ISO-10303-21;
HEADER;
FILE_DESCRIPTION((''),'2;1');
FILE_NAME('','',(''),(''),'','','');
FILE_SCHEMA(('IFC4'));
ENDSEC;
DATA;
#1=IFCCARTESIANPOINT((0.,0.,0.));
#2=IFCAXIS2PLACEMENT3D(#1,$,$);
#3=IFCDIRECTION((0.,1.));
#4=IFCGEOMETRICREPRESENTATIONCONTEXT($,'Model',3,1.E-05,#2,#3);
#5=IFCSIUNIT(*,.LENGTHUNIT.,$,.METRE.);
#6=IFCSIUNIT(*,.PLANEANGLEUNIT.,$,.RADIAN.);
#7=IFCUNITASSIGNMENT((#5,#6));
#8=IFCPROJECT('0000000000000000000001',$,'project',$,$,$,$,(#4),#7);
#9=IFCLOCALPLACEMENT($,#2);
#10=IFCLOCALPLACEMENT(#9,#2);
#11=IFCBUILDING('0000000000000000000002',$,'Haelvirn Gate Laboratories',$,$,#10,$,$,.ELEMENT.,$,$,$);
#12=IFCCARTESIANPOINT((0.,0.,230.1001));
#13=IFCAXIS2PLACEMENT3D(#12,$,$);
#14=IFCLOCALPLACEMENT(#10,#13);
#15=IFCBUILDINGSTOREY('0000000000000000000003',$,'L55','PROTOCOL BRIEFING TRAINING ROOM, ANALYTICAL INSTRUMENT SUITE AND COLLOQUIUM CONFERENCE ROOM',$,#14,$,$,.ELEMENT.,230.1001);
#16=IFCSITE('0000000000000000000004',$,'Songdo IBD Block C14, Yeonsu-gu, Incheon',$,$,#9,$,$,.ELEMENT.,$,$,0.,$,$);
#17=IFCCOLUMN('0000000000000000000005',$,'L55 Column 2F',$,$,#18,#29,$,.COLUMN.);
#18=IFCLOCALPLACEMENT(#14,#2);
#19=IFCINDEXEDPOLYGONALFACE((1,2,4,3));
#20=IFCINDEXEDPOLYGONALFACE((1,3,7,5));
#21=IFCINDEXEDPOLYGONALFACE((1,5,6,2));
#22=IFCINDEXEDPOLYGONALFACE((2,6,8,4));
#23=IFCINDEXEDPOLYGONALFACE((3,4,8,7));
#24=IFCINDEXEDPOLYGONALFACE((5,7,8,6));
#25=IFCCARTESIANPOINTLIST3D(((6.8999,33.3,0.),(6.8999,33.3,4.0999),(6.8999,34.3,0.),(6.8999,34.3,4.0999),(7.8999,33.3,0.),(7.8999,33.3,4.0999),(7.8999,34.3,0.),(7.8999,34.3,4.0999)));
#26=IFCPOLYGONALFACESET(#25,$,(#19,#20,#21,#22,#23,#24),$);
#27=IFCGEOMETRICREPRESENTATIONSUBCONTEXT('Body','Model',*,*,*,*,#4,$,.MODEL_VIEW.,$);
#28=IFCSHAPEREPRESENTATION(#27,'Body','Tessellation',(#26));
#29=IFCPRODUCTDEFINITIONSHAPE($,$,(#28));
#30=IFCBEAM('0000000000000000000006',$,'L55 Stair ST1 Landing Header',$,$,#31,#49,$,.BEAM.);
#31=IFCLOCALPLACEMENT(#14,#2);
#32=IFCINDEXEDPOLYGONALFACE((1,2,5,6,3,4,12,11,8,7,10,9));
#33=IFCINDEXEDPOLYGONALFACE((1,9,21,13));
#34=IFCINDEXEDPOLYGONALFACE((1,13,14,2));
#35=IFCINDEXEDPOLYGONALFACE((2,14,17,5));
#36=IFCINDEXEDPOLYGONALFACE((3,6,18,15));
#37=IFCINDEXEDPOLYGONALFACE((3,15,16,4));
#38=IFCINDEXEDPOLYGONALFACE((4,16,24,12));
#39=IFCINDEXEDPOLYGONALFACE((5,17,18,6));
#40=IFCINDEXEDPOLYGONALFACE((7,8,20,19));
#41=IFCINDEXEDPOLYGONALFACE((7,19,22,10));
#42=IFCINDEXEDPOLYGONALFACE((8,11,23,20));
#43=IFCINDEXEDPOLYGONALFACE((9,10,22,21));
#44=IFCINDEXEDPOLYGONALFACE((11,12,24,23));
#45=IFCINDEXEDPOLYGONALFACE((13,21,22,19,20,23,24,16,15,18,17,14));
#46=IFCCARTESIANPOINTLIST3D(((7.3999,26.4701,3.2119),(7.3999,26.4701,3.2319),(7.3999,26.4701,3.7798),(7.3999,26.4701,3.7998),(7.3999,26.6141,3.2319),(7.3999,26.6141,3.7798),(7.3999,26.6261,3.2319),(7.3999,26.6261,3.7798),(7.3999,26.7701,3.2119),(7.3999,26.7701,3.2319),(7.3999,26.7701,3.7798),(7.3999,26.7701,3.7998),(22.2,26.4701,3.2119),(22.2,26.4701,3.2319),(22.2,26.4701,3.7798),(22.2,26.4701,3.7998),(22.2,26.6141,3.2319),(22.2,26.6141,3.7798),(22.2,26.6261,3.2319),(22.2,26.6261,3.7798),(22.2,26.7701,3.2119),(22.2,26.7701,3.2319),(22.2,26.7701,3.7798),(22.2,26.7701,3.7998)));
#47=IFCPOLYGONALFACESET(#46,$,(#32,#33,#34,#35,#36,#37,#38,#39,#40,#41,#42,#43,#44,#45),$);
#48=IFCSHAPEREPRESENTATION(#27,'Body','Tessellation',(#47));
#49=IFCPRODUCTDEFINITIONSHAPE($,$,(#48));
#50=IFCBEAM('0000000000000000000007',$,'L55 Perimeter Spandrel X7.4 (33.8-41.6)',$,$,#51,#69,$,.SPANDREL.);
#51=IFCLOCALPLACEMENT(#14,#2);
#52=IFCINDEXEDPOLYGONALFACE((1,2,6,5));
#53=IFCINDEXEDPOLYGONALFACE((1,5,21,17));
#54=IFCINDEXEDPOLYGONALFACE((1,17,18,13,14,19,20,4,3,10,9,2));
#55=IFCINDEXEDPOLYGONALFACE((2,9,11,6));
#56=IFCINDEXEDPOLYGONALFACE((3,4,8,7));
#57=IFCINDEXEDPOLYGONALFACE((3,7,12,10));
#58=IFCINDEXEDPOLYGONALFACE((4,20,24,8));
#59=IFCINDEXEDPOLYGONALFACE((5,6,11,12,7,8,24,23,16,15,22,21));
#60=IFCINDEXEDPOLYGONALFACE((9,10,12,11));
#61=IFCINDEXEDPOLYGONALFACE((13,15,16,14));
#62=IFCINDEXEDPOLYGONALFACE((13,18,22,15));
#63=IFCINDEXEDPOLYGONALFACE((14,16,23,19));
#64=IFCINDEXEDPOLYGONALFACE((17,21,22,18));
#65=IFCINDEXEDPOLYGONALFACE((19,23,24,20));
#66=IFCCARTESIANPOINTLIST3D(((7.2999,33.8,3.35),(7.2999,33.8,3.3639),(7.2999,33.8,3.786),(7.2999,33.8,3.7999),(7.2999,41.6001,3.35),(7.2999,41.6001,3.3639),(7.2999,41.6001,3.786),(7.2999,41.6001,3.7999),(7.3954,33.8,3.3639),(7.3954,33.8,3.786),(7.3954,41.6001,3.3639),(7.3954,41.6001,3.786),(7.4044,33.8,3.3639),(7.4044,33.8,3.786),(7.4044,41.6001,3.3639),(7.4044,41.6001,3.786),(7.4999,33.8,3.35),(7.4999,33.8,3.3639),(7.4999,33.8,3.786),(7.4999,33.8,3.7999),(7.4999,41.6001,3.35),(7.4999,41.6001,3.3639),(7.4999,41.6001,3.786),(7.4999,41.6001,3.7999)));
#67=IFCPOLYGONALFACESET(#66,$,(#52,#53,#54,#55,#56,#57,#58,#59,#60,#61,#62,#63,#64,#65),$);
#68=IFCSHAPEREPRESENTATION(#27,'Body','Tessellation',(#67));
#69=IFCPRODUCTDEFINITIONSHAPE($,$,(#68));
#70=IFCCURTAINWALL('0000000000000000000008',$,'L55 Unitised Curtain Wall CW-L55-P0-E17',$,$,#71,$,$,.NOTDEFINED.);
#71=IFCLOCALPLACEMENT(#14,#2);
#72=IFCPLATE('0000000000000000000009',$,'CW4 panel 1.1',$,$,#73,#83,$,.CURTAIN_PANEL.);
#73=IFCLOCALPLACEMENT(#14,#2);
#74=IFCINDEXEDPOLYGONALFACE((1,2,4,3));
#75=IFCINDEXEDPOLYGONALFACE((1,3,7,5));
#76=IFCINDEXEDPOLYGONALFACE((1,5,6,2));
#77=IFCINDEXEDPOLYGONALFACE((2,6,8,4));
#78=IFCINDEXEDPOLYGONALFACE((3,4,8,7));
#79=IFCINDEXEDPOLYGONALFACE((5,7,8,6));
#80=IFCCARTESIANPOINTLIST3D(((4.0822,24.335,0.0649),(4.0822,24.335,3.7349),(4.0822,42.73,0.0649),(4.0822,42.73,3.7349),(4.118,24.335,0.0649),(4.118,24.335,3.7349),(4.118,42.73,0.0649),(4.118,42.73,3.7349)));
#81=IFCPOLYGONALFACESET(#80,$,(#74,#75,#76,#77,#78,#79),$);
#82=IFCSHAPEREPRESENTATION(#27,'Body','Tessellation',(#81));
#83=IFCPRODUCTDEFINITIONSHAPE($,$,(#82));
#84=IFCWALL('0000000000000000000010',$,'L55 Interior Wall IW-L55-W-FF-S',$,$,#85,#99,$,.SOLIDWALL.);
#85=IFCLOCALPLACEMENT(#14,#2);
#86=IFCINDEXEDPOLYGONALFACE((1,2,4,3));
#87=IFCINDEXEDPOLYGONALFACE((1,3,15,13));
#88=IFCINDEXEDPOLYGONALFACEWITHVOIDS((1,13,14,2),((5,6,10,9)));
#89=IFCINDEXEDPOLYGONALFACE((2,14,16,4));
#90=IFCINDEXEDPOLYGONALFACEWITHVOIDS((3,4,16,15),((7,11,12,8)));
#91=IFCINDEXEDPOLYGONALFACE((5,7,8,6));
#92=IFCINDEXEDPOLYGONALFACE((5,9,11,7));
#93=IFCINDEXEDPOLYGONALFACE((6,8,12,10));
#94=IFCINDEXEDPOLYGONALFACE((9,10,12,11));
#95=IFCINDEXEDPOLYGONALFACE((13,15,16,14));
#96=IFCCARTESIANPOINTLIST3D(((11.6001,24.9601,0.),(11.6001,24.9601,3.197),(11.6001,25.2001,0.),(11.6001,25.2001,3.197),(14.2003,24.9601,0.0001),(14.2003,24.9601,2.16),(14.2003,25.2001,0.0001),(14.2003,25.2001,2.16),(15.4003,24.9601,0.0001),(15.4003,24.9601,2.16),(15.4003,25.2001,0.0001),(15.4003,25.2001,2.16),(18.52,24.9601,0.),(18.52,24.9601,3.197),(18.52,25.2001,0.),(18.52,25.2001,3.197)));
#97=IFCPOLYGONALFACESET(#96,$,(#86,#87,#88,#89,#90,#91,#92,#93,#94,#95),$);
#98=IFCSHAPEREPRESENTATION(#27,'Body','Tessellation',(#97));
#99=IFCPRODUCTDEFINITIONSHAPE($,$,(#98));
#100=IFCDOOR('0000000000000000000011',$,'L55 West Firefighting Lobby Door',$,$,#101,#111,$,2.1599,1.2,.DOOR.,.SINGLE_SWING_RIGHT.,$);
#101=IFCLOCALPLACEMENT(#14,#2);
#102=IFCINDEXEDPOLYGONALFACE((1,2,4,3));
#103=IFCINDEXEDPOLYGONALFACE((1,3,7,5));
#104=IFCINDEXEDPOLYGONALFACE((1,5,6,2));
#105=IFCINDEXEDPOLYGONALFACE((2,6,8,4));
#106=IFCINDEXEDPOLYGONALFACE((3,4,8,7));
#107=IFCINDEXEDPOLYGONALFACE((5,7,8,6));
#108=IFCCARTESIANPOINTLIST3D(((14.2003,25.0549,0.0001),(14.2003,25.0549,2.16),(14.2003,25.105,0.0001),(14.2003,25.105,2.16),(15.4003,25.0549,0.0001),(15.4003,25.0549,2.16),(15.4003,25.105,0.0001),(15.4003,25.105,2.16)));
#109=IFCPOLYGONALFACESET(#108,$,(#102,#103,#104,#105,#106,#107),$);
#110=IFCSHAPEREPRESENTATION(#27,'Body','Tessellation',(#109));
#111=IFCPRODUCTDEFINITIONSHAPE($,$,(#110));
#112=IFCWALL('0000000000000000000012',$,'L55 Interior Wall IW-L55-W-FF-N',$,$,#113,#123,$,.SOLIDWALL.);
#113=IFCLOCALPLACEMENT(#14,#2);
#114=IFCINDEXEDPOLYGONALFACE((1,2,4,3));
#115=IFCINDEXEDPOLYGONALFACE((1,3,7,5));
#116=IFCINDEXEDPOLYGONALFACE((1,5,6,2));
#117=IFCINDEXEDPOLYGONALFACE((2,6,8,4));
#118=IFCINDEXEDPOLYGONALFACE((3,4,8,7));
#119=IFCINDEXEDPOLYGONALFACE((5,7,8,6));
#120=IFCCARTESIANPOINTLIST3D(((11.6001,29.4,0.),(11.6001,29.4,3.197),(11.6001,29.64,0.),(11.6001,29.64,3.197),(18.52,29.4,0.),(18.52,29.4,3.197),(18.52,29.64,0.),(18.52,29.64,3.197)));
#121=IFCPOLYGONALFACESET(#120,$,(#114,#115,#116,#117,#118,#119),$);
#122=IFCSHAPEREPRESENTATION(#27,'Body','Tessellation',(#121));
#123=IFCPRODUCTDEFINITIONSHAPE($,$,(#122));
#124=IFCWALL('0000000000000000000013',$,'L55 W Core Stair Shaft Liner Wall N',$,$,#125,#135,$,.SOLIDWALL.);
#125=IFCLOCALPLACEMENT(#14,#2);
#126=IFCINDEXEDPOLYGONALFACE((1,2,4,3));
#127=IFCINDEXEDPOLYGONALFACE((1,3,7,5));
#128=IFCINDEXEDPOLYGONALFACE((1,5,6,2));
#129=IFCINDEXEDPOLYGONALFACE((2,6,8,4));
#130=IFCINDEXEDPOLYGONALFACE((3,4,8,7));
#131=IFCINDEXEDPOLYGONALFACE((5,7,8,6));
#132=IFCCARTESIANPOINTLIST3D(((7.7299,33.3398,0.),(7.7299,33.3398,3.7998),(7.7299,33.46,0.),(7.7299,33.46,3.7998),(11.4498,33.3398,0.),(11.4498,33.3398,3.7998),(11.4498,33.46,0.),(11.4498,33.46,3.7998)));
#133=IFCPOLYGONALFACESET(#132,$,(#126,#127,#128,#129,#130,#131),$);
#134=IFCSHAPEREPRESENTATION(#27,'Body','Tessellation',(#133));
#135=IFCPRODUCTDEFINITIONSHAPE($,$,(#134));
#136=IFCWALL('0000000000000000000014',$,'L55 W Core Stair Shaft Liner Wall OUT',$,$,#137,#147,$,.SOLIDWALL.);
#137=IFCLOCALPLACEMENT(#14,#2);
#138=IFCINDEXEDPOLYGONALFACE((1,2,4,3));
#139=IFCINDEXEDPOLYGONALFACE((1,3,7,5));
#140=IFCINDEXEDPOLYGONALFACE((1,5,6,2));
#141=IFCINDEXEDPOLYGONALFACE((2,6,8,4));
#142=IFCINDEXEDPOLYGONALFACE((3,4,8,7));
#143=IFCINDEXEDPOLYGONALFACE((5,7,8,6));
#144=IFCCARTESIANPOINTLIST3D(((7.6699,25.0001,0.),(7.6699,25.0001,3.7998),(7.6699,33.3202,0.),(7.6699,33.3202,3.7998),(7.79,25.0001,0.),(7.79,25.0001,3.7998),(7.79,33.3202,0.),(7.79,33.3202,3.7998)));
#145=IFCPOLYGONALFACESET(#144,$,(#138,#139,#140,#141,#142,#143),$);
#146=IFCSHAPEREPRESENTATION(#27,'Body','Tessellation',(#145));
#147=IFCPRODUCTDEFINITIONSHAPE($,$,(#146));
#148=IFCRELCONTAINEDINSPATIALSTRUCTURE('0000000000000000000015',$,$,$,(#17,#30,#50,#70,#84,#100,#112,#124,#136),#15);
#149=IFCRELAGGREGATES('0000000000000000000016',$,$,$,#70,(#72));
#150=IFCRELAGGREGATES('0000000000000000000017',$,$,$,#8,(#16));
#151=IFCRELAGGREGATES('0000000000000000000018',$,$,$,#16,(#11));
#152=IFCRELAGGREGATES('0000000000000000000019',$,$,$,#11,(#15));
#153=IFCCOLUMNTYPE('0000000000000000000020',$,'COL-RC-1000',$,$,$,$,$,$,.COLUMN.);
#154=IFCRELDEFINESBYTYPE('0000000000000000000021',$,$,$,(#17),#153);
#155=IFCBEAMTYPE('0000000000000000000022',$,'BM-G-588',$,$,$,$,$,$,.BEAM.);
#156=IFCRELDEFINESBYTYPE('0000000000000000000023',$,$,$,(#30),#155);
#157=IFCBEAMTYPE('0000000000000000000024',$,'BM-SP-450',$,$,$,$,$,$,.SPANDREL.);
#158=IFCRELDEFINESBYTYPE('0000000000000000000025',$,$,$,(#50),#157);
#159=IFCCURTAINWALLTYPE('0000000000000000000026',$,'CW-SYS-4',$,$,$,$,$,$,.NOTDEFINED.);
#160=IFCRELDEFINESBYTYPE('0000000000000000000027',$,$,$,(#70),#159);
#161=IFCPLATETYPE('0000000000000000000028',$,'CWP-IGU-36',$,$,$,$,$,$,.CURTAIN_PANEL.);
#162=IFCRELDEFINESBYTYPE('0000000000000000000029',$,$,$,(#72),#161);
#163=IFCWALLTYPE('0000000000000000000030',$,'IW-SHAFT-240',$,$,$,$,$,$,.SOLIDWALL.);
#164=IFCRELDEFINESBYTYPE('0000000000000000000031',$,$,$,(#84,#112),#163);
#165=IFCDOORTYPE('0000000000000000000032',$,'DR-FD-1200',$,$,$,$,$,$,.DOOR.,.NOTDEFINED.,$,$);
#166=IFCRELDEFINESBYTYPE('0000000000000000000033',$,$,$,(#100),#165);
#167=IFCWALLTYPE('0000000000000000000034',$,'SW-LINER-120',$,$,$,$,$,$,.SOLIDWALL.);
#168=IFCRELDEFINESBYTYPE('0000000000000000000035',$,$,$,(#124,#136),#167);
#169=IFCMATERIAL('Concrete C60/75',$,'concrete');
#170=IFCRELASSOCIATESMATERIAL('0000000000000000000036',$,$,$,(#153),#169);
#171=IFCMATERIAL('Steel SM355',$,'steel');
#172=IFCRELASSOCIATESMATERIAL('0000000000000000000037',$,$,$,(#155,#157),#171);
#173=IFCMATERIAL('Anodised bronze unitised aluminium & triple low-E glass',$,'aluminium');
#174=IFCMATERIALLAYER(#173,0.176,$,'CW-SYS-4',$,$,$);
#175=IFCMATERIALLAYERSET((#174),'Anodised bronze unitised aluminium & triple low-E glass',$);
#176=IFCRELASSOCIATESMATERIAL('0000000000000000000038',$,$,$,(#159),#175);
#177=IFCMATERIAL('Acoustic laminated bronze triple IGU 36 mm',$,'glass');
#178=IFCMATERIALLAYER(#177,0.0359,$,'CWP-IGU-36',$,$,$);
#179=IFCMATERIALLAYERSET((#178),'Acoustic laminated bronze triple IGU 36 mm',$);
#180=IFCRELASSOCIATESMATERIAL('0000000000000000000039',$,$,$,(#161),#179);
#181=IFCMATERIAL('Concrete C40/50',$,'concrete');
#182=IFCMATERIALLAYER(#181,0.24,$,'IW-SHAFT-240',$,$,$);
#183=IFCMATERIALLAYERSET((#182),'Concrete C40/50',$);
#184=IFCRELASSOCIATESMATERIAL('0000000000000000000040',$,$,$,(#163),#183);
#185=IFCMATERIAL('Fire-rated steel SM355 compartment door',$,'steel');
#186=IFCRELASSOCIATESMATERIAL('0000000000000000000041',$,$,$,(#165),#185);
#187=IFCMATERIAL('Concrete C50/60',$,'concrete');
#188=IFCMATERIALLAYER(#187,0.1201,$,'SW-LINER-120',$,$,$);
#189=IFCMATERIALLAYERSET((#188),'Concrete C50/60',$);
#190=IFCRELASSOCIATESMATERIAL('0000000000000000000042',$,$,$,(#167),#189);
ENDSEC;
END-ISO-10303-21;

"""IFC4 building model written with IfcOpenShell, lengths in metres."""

from ifc_helpers import new_model, si_unit, direction, frame, frame_2d, origin, origin_2d, place, context, subcontext, project, spatial, rectangle, i_section, extrude, source, transform, mapped, material, layer, layer_set, material_profile, profile_set, type_object, type_shapes, element, fill, aggregate, save


model = new_model("IFC4")

# Units and contexts
model_context = context("Model", 3, precision=1e-05, world=origin(), true_north=direction((0.0, 1.0)))
body_context = subcontext(model_context, "Body", "Model", "MODEL_VIEW")
ifc_project = project(units=[si_unit("LENGTHUNIT", "METRE"), si_unit("PLANEANGLEUNIT", "RADIAN")], contexts=[model_context])

# Site, building, storey
site_placement = place(None, origin())
site = spatial("IfcSite", under=ifc_project, at=site_placement, Name="Songdo IBD Block C14, Yeonsu-gu, Incheon", CompositionType="ELEMENT", RefElevation=0.0)
building_placement = place(site_placement, origin())
building = spatial("IfcBuilding", under=site, at=building_placement, Name="Haelvirn Gate Laboratories", CompositionType="ELEMENT")
storey_placement = place(building_placement, frame((0.0, 0.0, 230.1001)))
storey = spatial("IfcBuildingStorey", under=building, at=storey_placement, Name="L55", Description="PROTOCOL BRIEFING TRAINING ROOM, ANALYTICAL INSTRUMENT SUITE AND COLLOQUIUM CONFERENCE ROOM", CompositionType="ELEMENT", Elevation=230.1001)

# Column
ifc_material_1 = material(Name="Concrete C60/75", Category="concrete")
ifc_material_profile_1 = material_profile(ifc_material_1, rectangle(XDim=1.0, YDim=1.0, at=origin_2d()), Name="RC-1000x1000")
ifc_profile_set_1 = profile_set([ifc_material_profile_1], Name="Concrete C60/75")
column_type = type_object("IfcColumnType", Name="COL-RC-1000", PredefinedType="COLUMN", material=ifc_profile_set_1)
shared_shape_1 = source(origin(), body_context, "Body", "SweptSolid", [
    extrude(rectangle(XDim=1.0, YDim=1.0, at=origin_2d()), origin(), (0.0, 0.0, 1.0), 4.0999),
])
type_shapes(column_type, [shared_shape_1])
column_placement = place(storey_placement, frame((7.3999, 33.8, 0.0), z_axis=(0.0, 0.0, 1.0), x_axis=(1.0, 0.0, 0.0)))
element("IfcColumn", 1, at=column_placement, inside=storey, type_object=column_type, Name="L55 Column 2F", PredefinedType="COLUMN", context=body_context, shape_type="MappedRepresentation", body=[
    mapped(shared_shape_1, transform((0.0, 0.0, 0.0), scale=1.0)),
])

# Beams
ifc_material_2 = material(Name="Steel SM355", Category="steel")
ifc_material_profile_2 = material_profile(ifc_material_2, i_section(OverallWidth=0.3, OverallDepth=0.5879, WebThickness=0.012, FlangeThickness=0.02, at=origin_2d()), Name="H-588x300x12x20")
ifc_profile_set_2 = profile_set([ifc_material_profile_2], Name="Steel SM355")
beam_type_1 = type_object("IfcBeamType", Name="BM-G-588", PredefinedType="BEAM", material=ifc_profile_set_2)
shared_shape_2 = source(origin(), body_context, "Body", "SweptSolid", [
    extrude(i_section(OverallWidth=0.3, OverallDepth=0.5879, WebThickness=0.012, FlangeThickness=0.02, at=origin_2d()), origin(), (0.0, 0.0, 1.0), 14.8),
])
type_shapes(beam_type_1, [shared_shape_2])
beam_1_placement = place(storey_placement, frame((7.3999, 26.6201, 3.5059), z_axis=(1.0, 0.0, 0.0), x_axis=(0.0, 1.0, 0.0)))
element("IfcBeam", 2, at=beam_1_placement, inside=storey, type_object=beam_type_1, Name="L55 Stair ST1 Landing Header", PredefinedType="BEAM", context=body_context, shape_type="MappedRepresentation", body=[
    mapped(shared_shape_2, transform((0.0, 0.0, 0.0), scale=1.0)),
])
ifc_material_profile_3 = material_profile(ifc_material_2, i_section(OverallWidth=0.2, OverallDepth=0.45, WebThickness=0.009, FlangeThickness=0.0139, at=origin_2d()), Name="H-450x200x9x14")
ifc_profile_set_3 = profile_set([ifc_material_profile_3], Name="Steel SM355")
beam_type_2 = type_object("IfcBeamType", Name="BM-SP-450", PredefinedType="SPANDREL", material=ifc_profile_set_3)
shared_shape_3 = source(origin(), body_context, "Body", "SweptSolid", [
    extrude(i_section(OverallWidth=0.2, OverallDepth=0.45, WebThickness=0.009, FlangeThickness=0.0139, at=origin_2d()), origin(), (0.0, 0.0, 1.0), 7.8),
])
type_shapes(beam_type_2, [shared_shape_3])
beam_2_placement = place(storey_placement, frame((7.3999, 33.8, 3.575), z_axis=(0.0, 1.0, 0.0), x_axis=(-1.0, 0.0, 0.0)))
element("IfcBeam", 3, at=beam_2_placement, inside=storey, type_object=beam_type_2, Name="L55 Perimeter Spandrel X7.4 (33.8-41.6)", PredefinedType="SPANDREL", context=body_context, shape_type="MappedRepresentation", body=[
    mapped(shared_shape_3, transform((0.0, 0.0, 0.0), scale=1.0)),
])

# Curtain wall, plate
ifc_material_3 = material(Name="Anodised bronze unitised aluminium & triple low-E glass", Category="aluminium")
ifc_layer_1 = layer(ifc_material_3, 0.176, Name="CW-SYS-4")
ifc_layer_set_1 = layer_set([ifc_layer_1], Name="Anodised bronze unitised aluminium & triple low-E glass")
curtain_wall_type = type_object("IfcCurtainWallType", Name="CW-SYS-4", PredefinedType="NOTDEFINED", material=ifc_layer_set_1)
curtain_wall_placement = place(storey_placement, origin())
curtain_wall = element("IfcCurtainWall", 4, at=curtain_wall_placement, inside=storey, type_object=curtain_wall_type, Name="L55 Unitised Curtain Wall CW-L55-P0-E17", PredefinedType="NOTDEFINED")
ifc_material_4 = material(Name="Acoustic laminated bronze triple IGU 36 mm", Category="glass")
ifc_layer_2 = layer(ifc_material_4, 0.0359, Name="CWP-IGU-36")
ifc_layer_set_2 = layer_set([ifc_layer_2], Name="Acoustic laminated bronze triple IGU 36 mm")
plate_type = type_object("IfcPlateType", Name="CWP-IGU-36", PredefinedType="CURTAIN_PANEL", material=ifc_layer_set_2)
shared_shape_4 = source(origin(), body_context, "Body", "SweptSolid", [
    extrude(rectangle(XDim=18.395, YDim=0.0359, at=origin_2d()), origin(), (0.0, 0.0, 1.0), 3.6699),
])
type_shapes(plate_type, [shared_shape_4])
plate_placement = place(storey_placement, frame((4.1001, 33.5325, 0.0649), z_axis=(0.0, 0.0, 1.0), x_axis=(0.0, -1.0, 0.0)))
plate = element("IfcPlate", 5, at=plate_placement, type_object=plate_type, Name="CW4 panel 1.1", PredefinedType="CURTAIN_PANEL", context=body_context, shape_type="MappedRepresentation", body=[
    mapped(shared_shape_4, transform((0.0, 0.0, 0.0), scale=1.0)),
])
aggregate(curtain_wall, [plate])

# Wall, opening, door
ifc_material_5 = material(Name="Concrete C40/50", Category="concrete")
ifc_layer_3 = layer(ifc_material_5, 0.24, Name="IW-SHAFT-240")
ifc_layer_set_3 = layer_set([ifc_layer_3], Name="Concrete C40/50")
wall_type_1 = type_object("IfcWallType", Name="IW-SHAFT-240", PredefinedType="SOLIDWALL", material=ifc_layer_set_3)
wall_1_placement = place(storey_placement, frame((11.6001, 25.0801, 0.0), z_axis=(0.0, 0.0, 1.0), x_axis=(1.0, 0.0, 0.0)))
wall_1 = element("IfcWall", 6, at=wall_1_placement, inside=storey, type_object=wall_type_1, Name="L55 Interior Wall IW-L55-W-FF-S", PredefinedType="SOLIDWALL", context=body_context, shape_type="SweptSolid", body=[
    extrude(rectangle(XDim=6.9199, YDim=0.24, at=frame_2d((3.46, 0.0))), origin(), (0.0, 0.0, 1.0), 3.197),
])
opening_1_placement = place(wall_1_placement, frame((2.6001, 0.0, 0.0)))
opening_1 = element("IfcOpeningElement", 7, at=opening_1_placement, cuts=wall_1, PredefinedType="OPENING", context=body_context, shape_type="SweptSolid", body=[
    extrude(rectangle(XDim=1.2, YDim=2.1599, at=frame_2d((0.6001, 1.0801))), frame((0.0, 0.1299, 0.0), z_axis=(0.0, -1.0, 0.0), x_axis=(1.0, 0.0, 0.0)), (0.0, 0.0, 1.0), 0.26),
])
ifc_material_6 = material(Name="Fire-rated steel SM355 compartment door", Category="steel")
door_type_1 = type_object("IfcDoorType", Name="DR-FD-1200", OperationType="NOTDEFINED", PredefinedType="DOOR", material=ifc_material_6)
shared_shape_5 = source(origin(), body_context, "Body", "SweptSolid", [
    extrude(rectangle(XDim=1.2, YDim=2.1599, at=frame_2d((0.6001, 1.0801))), frame((0.0, 0.0249, 0.0), z_axis=(0.0, -1.0, 0.0), x_axis=(1.0, 0.0, 0.0)), (0.0, 0.0, 1.0), 0.05),
])
type_shapes(door_type_1, [shared_shape_5])
door_1_placement = place(opening_1_placement, origin())
door_1 = element("IfcDoor", 8, at=door_1_placement, inside=storey, type_object=door_type_1, Name="L55 West Firefighting Lobby Door", OperationType="SINGLE_SWING_RIGHT", OverallHeight=2.1599, OverallWidth=1.2, PredefinedType="DOOR", context=body_context, shape_type="MappedRepresentation", body=[
    mapped(shared_shape_5, transform((0.0, 0.0, 0.0), scale=1.0)),
])
fill(opening_1, door_1)

# Wall
wall_2_placement = place(storey_placement, frame((11.6001, 29.52, 0.0), z_axis=(0.0, 0.0, 1.0), x_axis=(1.0, 0.0, 0.0)))
element("IfcWall", 9, at=wall_2_placement, inside=storey, type_object=wall_type_1, Name="L55 Interior Wall IW-L55-W-FF-N", PredefinedType="SOLIDWALL", context=body_context, shape_type="SweptSolid", body=[
    extrude(rectangle(XDim=6.9199, YDim=0.24, at=frame_2d((3.46, 0.0))), origin(), (0.0, 0.0, 1.0), 3.197),
])

# Shared definitions
ifc_material_7 = material(Name="Concrete C50/60", Category="concrete")

# Walls
ifc_layer_4 = layer(ifc_material_7, 0.1201, Name="SW-LINER-120")
ifc_layer_set_4 = layer_set([ifc_layer_4], Name="Concrete C50/60")
wall_type_2 = type_object("IfcWallType", Name="SW-LINER-120", PredefinedType="SOLIDWALL", material=ifc_layer_set_4)
wall_3_placement = place(storey_placement, frame((7.73, 33.3999, 0.0), z_axis=(0.0, 0.0, 1.0), x_axis=(1.0, 0.0, 0.0)))
element("IfcWall", 10, at=wall_3_placement, inside=storey, type_object=wall_type_2, Name="L55 W Core Stair Shaft Liner Wall N", PredefinedType="SOLIDWALL", context=body_context, shape_type="SweptSolid", body=[
    extrude(rectangle(XDim=3.72, YDim=0.1201, at=frame_2d((1.8599, 0.0))), origin(), (0.0, 0.0, 1.0), 3.7998),
])
wall_4_placement = place(storey_placement, frame((7.73, 25.0, 0.0), z_axis=(0.0, 0.0, 1.0), x_axis=(0.0, 1.0, 0.0)))
element("IfcWall", 11, at=wall_4_placement, inside=storey, type_object=wall_type_2, Name="L55 W Core Stair Shaft Liner Wall OUT", PredefinedType="SOLIDWALL", context=body_context, shape_type="SweptSolid", body=[
    extrude(rectangle(XDim=8.3201, YDim=0.1201, at=frame_2d((4.1602, 0.0))), origin(), (0.0, 0.0, 1.0), 3.7998),
])

save(model, "model.ifc")
